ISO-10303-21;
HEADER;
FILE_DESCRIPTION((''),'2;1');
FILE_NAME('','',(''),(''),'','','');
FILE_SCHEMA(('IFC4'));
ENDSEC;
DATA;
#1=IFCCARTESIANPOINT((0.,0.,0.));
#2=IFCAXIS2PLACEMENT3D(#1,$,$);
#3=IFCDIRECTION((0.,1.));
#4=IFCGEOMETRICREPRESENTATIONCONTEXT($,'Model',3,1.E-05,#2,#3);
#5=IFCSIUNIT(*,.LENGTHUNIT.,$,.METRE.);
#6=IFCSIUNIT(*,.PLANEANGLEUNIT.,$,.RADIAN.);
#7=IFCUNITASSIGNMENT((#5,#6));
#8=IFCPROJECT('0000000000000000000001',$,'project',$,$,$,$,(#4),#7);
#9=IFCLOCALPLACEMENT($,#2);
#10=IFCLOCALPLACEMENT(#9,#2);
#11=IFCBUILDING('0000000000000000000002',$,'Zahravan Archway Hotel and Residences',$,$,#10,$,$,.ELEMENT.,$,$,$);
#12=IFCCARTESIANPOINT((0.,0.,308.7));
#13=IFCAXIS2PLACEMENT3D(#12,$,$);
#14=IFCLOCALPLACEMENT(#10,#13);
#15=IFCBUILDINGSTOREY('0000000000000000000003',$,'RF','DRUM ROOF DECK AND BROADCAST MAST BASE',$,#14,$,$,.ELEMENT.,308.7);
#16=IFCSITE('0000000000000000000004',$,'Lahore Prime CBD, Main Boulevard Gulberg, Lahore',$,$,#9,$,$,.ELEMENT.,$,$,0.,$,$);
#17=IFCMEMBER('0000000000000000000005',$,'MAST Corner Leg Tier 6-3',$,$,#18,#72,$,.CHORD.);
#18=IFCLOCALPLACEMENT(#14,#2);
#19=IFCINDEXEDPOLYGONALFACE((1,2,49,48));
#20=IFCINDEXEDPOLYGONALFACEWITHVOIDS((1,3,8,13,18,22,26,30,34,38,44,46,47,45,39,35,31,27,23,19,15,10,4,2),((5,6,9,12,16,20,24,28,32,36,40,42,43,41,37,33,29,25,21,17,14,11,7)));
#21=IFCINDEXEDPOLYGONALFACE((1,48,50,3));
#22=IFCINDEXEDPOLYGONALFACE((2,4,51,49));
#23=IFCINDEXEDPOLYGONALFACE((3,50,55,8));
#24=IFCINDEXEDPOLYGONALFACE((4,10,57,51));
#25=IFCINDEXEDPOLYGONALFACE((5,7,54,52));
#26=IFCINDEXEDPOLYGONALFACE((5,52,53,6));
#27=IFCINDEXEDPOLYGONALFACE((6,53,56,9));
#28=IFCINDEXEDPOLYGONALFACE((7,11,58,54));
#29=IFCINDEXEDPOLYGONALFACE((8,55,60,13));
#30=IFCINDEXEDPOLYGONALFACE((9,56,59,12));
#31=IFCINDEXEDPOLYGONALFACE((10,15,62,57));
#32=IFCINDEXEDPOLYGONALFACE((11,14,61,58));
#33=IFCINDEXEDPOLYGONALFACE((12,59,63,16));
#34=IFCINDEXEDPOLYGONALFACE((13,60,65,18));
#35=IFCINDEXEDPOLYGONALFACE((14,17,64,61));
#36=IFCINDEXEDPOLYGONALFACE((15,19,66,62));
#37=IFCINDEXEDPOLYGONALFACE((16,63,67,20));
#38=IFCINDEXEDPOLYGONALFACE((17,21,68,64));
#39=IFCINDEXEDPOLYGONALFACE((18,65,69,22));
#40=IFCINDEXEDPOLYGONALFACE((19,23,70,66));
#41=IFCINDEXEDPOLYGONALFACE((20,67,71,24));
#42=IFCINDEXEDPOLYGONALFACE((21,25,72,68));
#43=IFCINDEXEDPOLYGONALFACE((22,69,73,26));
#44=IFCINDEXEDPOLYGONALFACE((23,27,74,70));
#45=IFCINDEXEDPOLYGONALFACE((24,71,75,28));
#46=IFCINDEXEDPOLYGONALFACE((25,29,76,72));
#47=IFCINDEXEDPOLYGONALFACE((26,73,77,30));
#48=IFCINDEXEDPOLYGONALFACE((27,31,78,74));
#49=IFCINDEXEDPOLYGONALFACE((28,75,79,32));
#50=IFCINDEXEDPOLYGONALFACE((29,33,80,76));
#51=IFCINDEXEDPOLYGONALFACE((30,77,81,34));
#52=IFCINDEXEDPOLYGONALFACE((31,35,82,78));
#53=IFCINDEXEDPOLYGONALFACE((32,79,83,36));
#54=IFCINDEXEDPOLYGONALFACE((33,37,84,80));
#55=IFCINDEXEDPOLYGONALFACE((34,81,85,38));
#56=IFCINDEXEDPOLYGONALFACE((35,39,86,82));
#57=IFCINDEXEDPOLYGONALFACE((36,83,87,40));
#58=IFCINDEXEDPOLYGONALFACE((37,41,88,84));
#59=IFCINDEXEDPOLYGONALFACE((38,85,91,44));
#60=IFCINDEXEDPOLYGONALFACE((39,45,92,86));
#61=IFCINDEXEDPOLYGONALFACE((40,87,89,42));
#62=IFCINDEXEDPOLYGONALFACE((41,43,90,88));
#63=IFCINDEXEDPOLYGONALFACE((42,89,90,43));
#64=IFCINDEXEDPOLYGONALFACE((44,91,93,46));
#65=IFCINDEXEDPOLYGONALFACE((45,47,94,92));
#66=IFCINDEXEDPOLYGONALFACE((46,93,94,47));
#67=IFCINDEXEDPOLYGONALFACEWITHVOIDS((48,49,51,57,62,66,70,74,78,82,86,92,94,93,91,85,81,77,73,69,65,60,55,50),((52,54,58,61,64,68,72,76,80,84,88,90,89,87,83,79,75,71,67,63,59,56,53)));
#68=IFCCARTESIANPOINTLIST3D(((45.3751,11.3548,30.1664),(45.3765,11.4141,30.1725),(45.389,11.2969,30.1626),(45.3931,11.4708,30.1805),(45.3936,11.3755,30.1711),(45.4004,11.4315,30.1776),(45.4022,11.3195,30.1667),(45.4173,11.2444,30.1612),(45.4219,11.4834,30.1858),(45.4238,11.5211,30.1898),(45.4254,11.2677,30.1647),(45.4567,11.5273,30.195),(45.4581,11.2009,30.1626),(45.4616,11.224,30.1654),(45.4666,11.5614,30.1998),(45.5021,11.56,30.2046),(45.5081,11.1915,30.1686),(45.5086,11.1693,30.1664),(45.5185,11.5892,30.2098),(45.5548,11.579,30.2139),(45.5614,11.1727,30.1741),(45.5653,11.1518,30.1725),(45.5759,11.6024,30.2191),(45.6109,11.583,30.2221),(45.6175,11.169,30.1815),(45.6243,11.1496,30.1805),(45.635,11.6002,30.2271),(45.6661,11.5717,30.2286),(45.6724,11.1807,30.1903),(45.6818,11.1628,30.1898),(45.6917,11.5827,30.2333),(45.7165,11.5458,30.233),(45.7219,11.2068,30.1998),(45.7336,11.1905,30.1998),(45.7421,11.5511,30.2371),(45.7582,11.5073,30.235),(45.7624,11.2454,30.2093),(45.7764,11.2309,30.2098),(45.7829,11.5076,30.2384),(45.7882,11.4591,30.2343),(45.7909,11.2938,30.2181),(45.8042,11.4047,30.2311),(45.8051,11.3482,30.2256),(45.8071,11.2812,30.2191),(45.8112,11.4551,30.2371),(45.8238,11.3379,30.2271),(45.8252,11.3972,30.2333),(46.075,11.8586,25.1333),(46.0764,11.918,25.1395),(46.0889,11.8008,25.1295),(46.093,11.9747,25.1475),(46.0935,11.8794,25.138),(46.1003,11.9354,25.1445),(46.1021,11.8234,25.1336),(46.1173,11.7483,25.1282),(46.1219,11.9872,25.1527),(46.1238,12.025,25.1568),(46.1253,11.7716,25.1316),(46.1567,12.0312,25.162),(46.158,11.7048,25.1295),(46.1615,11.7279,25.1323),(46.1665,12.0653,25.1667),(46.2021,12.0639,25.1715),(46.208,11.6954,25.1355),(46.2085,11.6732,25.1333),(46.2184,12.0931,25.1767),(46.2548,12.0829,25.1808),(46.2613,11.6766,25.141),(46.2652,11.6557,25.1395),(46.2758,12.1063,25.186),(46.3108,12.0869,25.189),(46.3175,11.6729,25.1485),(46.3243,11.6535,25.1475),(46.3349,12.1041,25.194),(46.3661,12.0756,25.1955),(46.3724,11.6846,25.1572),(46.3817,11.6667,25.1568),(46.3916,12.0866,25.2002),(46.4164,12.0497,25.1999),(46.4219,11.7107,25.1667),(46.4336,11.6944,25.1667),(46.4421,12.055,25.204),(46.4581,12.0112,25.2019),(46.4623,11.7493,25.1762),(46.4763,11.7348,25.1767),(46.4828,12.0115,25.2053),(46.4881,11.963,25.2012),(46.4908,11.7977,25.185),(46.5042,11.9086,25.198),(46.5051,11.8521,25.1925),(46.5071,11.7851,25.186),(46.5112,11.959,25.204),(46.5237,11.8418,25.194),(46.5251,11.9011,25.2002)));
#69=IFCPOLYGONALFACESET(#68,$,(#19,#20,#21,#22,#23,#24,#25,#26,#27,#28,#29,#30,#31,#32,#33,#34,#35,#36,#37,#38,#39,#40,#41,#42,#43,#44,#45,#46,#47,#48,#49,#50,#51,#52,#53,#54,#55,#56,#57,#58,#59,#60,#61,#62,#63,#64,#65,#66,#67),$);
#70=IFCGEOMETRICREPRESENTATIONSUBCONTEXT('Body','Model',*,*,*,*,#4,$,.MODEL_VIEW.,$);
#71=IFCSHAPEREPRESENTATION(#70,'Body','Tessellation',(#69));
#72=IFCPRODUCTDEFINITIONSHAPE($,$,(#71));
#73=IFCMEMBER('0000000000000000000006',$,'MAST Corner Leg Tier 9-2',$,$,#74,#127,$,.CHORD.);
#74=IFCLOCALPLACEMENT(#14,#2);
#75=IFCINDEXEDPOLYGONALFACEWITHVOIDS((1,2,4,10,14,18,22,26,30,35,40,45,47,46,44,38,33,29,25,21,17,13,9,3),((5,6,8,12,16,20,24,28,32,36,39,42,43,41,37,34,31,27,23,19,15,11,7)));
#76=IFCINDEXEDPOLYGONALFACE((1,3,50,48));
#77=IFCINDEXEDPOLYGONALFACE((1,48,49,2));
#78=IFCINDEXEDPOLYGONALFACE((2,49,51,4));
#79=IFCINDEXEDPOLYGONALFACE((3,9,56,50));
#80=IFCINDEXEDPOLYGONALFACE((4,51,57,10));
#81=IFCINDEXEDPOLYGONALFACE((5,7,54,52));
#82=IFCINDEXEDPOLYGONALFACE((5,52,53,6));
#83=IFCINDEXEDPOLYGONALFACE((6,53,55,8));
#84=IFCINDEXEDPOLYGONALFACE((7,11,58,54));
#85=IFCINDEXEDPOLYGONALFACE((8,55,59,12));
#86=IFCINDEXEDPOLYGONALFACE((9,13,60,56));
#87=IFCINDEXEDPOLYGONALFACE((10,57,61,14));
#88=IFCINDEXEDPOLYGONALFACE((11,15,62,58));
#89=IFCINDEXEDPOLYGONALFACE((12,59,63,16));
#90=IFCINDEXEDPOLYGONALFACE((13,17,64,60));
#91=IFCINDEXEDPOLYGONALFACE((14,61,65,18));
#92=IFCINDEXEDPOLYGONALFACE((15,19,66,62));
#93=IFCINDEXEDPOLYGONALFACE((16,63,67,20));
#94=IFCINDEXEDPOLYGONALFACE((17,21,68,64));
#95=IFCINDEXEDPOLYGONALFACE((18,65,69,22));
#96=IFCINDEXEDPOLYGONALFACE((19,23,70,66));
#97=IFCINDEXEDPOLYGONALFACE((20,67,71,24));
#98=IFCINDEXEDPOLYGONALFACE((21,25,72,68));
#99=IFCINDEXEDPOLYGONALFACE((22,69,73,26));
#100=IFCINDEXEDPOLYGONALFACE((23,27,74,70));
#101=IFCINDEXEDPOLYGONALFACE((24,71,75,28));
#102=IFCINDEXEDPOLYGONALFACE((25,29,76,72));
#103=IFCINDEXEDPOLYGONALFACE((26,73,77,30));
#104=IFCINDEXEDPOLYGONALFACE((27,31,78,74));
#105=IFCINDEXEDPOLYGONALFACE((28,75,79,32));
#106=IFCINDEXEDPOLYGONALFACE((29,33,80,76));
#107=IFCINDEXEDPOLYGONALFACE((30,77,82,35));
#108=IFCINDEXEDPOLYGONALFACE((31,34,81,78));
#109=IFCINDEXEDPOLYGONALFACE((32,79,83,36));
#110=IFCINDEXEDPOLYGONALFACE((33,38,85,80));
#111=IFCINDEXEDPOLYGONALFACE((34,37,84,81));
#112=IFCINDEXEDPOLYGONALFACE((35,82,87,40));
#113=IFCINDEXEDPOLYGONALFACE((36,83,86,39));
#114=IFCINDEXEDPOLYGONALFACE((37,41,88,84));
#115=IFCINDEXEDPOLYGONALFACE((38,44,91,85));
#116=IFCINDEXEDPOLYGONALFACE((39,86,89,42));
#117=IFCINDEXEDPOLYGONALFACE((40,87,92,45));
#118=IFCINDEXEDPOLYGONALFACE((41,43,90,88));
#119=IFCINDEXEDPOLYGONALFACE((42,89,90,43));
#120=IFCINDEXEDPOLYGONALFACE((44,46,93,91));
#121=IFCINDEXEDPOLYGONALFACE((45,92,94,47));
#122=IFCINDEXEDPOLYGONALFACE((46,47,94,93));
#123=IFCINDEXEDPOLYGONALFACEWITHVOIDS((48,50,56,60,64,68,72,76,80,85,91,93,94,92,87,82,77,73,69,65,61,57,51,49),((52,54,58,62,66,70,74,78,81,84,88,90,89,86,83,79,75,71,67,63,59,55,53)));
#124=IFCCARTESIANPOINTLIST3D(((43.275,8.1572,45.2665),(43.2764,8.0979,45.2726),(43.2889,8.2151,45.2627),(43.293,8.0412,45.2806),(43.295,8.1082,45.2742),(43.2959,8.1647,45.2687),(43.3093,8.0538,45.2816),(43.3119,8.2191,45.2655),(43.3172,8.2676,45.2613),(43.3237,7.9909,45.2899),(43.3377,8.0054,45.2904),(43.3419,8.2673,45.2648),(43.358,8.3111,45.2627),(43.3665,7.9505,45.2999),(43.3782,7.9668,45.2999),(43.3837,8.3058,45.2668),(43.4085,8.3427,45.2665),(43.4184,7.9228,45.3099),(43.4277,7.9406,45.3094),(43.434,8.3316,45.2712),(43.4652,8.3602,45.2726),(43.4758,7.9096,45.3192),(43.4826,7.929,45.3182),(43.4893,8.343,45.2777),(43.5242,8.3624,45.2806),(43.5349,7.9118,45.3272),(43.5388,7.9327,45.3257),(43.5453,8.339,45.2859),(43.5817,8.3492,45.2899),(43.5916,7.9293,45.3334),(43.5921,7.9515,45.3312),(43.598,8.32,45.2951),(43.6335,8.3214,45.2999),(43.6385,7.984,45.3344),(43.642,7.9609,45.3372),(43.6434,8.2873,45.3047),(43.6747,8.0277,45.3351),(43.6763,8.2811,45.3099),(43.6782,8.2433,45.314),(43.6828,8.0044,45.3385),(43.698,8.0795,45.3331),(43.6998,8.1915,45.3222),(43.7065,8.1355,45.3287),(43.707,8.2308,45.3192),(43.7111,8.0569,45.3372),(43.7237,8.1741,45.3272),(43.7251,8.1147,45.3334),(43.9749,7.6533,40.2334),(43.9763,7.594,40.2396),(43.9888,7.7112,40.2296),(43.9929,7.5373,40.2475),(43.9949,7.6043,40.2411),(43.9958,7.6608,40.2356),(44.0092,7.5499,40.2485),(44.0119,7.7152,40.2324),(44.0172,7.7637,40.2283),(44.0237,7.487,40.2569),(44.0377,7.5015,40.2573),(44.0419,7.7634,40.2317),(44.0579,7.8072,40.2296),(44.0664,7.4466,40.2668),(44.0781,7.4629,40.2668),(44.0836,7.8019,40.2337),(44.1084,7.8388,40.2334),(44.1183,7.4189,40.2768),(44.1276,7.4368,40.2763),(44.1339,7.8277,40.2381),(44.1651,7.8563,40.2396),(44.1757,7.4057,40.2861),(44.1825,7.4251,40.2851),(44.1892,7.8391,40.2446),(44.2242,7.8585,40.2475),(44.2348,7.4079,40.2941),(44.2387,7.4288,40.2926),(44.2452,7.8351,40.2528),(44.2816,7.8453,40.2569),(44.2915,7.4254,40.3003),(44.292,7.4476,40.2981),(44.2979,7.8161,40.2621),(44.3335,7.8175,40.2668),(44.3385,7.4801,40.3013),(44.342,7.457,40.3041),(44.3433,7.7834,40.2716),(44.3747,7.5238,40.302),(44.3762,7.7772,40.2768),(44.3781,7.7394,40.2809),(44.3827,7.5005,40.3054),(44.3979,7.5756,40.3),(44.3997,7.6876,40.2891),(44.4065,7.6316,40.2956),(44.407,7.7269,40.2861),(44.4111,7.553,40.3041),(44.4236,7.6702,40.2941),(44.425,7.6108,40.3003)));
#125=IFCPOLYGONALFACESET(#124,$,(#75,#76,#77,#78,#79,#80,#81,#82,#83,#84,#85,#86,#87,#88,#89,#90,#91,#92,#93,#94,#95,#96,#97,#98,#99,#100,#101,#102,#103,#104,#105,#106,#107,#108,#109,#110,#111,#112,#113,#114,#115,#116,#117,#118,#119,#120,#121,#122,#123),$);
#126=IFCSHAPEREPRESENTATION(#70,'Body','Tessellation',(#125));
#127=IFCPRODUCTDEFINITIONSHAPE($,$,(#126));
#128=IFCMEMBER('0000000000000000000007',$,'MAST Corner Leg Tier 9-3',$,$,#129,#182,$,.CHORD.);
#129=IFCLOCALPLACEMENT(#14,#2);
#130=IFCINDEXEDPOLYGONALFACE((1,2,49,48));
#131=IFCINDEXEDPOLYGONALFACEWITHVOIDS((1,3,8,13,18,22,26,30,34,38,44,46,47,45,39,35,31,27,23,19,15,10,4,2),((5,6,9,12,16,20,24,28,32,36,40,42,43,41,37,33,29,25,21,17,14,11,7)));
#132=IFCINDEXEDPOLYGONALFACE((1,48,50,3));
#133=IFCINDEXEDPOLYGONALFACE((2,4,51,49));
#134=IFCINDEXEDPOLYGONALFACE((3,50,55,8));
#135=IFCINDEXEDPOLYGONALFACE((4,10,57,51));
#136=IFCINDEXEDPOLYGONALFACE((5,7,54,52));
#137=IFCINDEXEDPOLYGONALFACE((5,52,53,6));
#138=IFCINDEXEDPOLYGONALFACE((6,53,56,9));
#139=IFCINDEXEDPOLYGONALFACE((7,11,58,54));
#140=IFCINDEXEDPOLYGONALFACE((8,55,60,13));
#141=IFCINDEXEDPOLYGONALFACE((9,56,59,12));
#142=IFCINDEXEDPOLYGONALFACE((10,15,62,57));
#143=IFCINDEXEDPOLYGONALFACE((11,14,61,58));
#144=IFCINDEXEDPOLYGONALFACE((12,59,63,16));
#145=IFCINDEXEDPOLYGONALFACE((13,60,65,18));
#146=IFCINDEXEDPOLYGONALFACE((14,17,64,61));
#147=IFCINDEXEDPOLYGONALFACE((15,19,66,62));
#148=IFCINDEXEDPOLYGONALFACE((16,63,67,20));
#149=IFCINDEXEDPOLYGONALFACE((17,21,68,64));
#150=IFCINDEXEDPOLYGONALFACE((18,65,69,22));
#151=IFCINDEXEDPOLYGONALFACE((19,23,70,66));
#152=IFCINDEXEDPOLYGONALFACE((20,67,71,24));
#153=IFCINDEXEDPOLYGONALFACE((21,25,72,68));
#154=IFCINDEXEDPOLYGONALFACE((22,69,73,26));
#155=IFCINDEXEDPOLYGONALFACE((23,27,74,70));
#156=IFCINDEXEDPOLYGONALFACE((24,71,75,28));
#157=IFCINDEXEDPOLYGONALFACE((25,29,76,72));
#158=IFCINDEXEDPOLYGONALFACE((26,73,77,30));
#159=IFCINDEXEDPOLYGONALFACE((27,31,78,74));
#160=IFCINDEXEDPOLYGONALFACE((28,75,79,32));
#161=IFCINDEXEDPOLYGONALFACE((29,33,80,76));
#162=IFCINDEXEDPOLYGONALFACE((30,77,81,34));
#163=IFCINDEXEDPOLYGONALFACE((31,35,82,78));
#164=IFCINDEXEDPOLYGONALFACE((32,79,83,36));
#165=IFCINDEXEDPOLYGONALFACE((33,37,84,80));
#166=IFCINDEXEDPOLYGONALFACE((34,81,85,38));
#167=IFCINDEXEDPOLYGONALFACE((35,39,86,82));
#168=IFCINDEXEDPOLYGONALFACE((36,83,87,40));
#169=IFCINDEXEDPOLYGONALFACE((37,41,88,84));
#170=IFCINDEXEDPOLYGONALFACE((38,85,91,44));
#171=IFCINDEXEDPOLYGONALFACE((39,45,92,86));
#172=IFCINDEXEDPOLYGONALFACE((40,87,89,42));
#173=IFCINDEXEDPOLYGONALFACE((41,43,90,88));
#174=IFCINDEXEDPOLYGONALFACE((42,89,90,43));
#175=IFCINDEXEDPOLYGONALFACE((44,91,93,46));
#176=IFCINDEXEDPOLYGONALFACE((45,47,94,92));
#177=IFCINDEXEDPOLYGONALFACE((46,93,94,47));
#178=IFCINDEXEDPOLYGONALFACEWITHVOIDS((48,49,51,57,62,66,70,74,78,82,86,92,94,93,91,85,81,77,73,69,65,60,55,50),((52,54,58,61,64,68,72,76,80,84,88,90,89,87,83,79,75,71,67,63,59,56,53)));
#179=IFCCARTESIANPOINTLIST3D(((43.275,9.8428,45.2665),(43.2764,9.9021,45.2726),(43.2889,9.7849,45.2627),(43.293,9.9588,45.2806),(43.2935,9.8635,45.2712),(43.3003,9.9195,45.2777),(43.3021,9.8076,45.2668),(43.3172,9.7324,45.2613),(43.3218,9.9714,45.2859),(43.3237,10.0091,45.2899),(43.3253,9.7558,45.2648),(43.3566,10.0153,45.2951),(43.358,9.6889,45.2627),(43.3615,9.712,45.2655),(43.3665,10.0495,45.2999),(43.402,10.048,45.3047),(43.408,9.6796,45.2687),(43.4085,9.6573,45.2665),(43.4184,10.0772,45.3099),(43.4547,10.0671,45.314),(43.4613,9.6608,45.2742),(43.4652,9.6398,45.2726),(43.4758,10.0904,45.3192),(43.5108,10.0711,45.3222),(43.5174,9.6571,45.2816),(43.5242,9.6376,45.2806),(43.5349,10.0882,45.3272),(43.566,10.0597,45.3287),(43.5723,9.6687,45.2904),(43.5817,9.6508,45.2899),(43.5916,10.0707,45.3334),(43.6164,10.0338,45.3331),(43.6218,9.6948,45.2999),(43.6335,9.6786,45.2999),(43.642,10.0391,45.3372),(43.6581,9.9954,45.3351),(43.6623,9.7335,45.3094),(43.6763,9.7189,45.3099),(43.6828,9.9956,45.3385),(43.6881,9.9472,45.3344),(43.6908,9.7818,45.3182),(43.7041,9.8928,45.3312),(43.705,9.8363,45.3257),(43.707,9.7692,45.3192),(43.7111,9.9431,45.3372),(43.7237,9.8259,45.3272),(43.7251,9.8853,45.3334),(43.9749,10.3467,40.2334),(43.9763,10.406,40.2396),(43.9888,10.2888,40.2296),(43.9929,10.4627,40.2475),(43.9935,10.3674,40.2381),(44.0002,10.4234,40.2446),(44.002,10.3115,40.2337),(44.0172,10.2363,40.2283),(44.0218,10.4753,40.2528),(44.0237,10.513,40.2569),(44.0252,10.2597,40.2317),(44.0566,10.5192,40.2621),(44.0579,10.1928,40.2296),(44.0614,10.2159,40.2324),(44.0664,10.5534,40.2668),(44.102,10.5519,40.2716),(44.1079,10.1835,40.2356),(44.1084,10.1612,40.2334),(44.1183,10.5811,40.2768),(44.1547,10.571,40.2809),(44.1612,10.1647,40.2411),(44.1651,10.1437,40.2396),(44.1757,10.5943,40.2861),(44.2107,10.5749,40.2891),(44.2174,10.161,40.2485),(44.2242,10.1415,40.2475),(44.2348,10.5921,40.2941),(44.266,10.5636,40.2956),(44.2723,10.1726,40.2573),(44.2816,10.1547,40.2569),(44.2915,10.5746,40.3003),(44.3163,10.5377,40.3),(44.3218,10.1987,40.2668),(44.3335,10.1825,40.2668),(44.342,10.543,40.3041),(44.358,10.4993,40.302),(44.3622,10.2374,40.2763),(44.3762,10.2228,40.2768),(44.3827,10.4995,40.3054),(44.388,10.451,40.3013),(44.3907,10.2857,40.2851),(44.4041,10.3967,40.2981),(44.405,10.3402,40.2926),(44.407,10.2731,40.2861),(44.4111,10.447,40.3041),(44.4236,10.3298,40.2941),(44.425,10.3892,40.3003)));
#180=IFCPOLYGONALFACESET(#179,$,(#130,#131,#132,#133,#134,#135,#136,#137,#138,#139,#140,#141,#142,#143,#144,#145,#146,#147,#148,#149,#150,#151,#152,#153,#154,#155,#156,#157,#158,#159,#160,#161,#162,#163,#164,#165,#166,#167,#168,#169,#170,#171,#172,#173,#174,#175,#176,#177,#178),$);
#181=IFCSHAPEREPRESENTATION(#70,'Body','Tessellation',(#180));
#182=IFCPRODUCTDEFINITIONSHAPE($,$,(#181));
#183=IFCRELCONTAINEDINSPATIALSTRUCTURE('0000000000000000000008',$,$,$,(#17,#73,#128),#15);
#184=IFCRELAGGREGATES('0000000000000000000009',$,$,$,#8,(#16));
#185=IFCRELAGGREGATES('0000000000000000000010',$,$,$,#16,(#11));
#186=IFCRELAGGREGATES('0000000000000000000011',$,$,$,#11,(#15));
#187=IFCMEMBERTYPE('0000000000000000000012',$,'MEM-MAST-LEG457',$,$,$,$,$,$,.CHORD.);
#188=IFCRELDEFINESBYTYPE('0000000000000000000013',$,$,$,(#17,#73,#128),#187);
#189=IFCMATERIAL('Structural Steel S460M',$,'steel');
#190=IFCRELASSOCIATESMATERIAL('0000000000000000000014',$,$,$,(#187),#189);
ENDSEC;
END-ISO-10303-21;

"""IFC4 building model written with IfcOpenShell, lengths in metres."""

from ifc_helpers import new_model, si_unit, direction, frame, origin, origin_2d, place, context, subcontext, project, spatial, hollow_circle, extrude, source, transform, mapped, material, material_profile, profile_set, type_object, type_shapes, element, save


model = new_model("IFC4")

# Units and contexts
model_context = context("Model", 3, precision=1e-05, world=origin(), true_north=direction((0.0, 1.0)))
body_context = subcontext(model_context, "Body", "Model", "MODEL_VIEW")
ifc_project = project(units=[si_unit("LENGTHUNIT", "METRE"), si_unit("PLANEANGLEUNIT", "RADIAN")], contexts=[model_context])

# Site, building, storey
site_placement = place(None, origin())
site = spatial("IfcSite", under=ifc_project, at=site_placement, Name="Lahore Prime CBD, Main Boulevard Gulberg, Lahore", CompositionType="ELEMENT", RefElevation=0.0)
building_placement = place(site_placement, origin())
building = spatial("IfcBuilding", under=site, at=building_placement, Name="Zahravan Archway Hotel and Residences", CompositionType="ELEMENT")
storey_placement = place(building_placement, frame((0.0, 0.0, 308.7)))
storey = spatial("IfcBuildingStorey", under=building, at=storey_placement, Name="RF", Description="DRUM ROOF DECK AND BROADCAST MAST BASE", CompositionType="ELEMENT", Elevation=308.7)

# Members
ifc_material_1 = material(Name="Structural Steel S460M", Category="steel")
ifc_material_profile_1 = material_profile(ifc_material_1, hollow_circle(Radius=0.2285, WallThickness=0.02, at=origin_2d()), Name="CHS 457x20", Category="steel")
ifc_profile_set_1 = profile_set([ifc_material_profile_1], Name="Structural Steel S460M")
member_type_1 = type_object("IfcMemberType", Name="MEM-MAST-LEG457", PredefinedType="CHORD", material=ifc_profile_set_1)
shared_shape_1 = source(origin(), body_context, "Body", "SweptSolid", [
    extrude(hollow_circle(Radius=0.2285, WallThickness=0.02, at=origin_2d()), origin(), (0.0, 0.0, 1.0), 5.1064),
])
type_shapes(member_type_1, [shared_shape_1])
for number, where, z_axis, x_axis, name in (
    (1, (46.3, 11.8799, 25.1667), (-0.137069, -0.098678, 0.985634), (0.58426, -0.811567, 0.0), "MAST Corner Leg Tier 6-3"),
    (2, (44.2, 7.6321, 40.2668), (-0.137069, 0.098678, 0.985634), (-0.58426, -0.811567, 0.0), "MAST Corner Leg Tier 9-2"),
    (3, (44.2, 10.3679, 40.2668), (-0.137069, -0.098678, 0.985634), (0.58426, -0.811567, 0.0), "MAST Corner Leg Tier 9-3"),
):
    element("IfcMember", number, at=place(storey_placement, frame(where, z_axis=z_axis, x_axis=x_axis)), inside=storey, type_object=member_type_1, Name=name, PredefinedType="CHORD", context=body_context, shape_type="MappedRepresentation", body=[
        mapped(shared_shape_1, transform((0.0, 0.0, 0.0), scale=1.0)),
    ])

save(model, "model.ifc")
